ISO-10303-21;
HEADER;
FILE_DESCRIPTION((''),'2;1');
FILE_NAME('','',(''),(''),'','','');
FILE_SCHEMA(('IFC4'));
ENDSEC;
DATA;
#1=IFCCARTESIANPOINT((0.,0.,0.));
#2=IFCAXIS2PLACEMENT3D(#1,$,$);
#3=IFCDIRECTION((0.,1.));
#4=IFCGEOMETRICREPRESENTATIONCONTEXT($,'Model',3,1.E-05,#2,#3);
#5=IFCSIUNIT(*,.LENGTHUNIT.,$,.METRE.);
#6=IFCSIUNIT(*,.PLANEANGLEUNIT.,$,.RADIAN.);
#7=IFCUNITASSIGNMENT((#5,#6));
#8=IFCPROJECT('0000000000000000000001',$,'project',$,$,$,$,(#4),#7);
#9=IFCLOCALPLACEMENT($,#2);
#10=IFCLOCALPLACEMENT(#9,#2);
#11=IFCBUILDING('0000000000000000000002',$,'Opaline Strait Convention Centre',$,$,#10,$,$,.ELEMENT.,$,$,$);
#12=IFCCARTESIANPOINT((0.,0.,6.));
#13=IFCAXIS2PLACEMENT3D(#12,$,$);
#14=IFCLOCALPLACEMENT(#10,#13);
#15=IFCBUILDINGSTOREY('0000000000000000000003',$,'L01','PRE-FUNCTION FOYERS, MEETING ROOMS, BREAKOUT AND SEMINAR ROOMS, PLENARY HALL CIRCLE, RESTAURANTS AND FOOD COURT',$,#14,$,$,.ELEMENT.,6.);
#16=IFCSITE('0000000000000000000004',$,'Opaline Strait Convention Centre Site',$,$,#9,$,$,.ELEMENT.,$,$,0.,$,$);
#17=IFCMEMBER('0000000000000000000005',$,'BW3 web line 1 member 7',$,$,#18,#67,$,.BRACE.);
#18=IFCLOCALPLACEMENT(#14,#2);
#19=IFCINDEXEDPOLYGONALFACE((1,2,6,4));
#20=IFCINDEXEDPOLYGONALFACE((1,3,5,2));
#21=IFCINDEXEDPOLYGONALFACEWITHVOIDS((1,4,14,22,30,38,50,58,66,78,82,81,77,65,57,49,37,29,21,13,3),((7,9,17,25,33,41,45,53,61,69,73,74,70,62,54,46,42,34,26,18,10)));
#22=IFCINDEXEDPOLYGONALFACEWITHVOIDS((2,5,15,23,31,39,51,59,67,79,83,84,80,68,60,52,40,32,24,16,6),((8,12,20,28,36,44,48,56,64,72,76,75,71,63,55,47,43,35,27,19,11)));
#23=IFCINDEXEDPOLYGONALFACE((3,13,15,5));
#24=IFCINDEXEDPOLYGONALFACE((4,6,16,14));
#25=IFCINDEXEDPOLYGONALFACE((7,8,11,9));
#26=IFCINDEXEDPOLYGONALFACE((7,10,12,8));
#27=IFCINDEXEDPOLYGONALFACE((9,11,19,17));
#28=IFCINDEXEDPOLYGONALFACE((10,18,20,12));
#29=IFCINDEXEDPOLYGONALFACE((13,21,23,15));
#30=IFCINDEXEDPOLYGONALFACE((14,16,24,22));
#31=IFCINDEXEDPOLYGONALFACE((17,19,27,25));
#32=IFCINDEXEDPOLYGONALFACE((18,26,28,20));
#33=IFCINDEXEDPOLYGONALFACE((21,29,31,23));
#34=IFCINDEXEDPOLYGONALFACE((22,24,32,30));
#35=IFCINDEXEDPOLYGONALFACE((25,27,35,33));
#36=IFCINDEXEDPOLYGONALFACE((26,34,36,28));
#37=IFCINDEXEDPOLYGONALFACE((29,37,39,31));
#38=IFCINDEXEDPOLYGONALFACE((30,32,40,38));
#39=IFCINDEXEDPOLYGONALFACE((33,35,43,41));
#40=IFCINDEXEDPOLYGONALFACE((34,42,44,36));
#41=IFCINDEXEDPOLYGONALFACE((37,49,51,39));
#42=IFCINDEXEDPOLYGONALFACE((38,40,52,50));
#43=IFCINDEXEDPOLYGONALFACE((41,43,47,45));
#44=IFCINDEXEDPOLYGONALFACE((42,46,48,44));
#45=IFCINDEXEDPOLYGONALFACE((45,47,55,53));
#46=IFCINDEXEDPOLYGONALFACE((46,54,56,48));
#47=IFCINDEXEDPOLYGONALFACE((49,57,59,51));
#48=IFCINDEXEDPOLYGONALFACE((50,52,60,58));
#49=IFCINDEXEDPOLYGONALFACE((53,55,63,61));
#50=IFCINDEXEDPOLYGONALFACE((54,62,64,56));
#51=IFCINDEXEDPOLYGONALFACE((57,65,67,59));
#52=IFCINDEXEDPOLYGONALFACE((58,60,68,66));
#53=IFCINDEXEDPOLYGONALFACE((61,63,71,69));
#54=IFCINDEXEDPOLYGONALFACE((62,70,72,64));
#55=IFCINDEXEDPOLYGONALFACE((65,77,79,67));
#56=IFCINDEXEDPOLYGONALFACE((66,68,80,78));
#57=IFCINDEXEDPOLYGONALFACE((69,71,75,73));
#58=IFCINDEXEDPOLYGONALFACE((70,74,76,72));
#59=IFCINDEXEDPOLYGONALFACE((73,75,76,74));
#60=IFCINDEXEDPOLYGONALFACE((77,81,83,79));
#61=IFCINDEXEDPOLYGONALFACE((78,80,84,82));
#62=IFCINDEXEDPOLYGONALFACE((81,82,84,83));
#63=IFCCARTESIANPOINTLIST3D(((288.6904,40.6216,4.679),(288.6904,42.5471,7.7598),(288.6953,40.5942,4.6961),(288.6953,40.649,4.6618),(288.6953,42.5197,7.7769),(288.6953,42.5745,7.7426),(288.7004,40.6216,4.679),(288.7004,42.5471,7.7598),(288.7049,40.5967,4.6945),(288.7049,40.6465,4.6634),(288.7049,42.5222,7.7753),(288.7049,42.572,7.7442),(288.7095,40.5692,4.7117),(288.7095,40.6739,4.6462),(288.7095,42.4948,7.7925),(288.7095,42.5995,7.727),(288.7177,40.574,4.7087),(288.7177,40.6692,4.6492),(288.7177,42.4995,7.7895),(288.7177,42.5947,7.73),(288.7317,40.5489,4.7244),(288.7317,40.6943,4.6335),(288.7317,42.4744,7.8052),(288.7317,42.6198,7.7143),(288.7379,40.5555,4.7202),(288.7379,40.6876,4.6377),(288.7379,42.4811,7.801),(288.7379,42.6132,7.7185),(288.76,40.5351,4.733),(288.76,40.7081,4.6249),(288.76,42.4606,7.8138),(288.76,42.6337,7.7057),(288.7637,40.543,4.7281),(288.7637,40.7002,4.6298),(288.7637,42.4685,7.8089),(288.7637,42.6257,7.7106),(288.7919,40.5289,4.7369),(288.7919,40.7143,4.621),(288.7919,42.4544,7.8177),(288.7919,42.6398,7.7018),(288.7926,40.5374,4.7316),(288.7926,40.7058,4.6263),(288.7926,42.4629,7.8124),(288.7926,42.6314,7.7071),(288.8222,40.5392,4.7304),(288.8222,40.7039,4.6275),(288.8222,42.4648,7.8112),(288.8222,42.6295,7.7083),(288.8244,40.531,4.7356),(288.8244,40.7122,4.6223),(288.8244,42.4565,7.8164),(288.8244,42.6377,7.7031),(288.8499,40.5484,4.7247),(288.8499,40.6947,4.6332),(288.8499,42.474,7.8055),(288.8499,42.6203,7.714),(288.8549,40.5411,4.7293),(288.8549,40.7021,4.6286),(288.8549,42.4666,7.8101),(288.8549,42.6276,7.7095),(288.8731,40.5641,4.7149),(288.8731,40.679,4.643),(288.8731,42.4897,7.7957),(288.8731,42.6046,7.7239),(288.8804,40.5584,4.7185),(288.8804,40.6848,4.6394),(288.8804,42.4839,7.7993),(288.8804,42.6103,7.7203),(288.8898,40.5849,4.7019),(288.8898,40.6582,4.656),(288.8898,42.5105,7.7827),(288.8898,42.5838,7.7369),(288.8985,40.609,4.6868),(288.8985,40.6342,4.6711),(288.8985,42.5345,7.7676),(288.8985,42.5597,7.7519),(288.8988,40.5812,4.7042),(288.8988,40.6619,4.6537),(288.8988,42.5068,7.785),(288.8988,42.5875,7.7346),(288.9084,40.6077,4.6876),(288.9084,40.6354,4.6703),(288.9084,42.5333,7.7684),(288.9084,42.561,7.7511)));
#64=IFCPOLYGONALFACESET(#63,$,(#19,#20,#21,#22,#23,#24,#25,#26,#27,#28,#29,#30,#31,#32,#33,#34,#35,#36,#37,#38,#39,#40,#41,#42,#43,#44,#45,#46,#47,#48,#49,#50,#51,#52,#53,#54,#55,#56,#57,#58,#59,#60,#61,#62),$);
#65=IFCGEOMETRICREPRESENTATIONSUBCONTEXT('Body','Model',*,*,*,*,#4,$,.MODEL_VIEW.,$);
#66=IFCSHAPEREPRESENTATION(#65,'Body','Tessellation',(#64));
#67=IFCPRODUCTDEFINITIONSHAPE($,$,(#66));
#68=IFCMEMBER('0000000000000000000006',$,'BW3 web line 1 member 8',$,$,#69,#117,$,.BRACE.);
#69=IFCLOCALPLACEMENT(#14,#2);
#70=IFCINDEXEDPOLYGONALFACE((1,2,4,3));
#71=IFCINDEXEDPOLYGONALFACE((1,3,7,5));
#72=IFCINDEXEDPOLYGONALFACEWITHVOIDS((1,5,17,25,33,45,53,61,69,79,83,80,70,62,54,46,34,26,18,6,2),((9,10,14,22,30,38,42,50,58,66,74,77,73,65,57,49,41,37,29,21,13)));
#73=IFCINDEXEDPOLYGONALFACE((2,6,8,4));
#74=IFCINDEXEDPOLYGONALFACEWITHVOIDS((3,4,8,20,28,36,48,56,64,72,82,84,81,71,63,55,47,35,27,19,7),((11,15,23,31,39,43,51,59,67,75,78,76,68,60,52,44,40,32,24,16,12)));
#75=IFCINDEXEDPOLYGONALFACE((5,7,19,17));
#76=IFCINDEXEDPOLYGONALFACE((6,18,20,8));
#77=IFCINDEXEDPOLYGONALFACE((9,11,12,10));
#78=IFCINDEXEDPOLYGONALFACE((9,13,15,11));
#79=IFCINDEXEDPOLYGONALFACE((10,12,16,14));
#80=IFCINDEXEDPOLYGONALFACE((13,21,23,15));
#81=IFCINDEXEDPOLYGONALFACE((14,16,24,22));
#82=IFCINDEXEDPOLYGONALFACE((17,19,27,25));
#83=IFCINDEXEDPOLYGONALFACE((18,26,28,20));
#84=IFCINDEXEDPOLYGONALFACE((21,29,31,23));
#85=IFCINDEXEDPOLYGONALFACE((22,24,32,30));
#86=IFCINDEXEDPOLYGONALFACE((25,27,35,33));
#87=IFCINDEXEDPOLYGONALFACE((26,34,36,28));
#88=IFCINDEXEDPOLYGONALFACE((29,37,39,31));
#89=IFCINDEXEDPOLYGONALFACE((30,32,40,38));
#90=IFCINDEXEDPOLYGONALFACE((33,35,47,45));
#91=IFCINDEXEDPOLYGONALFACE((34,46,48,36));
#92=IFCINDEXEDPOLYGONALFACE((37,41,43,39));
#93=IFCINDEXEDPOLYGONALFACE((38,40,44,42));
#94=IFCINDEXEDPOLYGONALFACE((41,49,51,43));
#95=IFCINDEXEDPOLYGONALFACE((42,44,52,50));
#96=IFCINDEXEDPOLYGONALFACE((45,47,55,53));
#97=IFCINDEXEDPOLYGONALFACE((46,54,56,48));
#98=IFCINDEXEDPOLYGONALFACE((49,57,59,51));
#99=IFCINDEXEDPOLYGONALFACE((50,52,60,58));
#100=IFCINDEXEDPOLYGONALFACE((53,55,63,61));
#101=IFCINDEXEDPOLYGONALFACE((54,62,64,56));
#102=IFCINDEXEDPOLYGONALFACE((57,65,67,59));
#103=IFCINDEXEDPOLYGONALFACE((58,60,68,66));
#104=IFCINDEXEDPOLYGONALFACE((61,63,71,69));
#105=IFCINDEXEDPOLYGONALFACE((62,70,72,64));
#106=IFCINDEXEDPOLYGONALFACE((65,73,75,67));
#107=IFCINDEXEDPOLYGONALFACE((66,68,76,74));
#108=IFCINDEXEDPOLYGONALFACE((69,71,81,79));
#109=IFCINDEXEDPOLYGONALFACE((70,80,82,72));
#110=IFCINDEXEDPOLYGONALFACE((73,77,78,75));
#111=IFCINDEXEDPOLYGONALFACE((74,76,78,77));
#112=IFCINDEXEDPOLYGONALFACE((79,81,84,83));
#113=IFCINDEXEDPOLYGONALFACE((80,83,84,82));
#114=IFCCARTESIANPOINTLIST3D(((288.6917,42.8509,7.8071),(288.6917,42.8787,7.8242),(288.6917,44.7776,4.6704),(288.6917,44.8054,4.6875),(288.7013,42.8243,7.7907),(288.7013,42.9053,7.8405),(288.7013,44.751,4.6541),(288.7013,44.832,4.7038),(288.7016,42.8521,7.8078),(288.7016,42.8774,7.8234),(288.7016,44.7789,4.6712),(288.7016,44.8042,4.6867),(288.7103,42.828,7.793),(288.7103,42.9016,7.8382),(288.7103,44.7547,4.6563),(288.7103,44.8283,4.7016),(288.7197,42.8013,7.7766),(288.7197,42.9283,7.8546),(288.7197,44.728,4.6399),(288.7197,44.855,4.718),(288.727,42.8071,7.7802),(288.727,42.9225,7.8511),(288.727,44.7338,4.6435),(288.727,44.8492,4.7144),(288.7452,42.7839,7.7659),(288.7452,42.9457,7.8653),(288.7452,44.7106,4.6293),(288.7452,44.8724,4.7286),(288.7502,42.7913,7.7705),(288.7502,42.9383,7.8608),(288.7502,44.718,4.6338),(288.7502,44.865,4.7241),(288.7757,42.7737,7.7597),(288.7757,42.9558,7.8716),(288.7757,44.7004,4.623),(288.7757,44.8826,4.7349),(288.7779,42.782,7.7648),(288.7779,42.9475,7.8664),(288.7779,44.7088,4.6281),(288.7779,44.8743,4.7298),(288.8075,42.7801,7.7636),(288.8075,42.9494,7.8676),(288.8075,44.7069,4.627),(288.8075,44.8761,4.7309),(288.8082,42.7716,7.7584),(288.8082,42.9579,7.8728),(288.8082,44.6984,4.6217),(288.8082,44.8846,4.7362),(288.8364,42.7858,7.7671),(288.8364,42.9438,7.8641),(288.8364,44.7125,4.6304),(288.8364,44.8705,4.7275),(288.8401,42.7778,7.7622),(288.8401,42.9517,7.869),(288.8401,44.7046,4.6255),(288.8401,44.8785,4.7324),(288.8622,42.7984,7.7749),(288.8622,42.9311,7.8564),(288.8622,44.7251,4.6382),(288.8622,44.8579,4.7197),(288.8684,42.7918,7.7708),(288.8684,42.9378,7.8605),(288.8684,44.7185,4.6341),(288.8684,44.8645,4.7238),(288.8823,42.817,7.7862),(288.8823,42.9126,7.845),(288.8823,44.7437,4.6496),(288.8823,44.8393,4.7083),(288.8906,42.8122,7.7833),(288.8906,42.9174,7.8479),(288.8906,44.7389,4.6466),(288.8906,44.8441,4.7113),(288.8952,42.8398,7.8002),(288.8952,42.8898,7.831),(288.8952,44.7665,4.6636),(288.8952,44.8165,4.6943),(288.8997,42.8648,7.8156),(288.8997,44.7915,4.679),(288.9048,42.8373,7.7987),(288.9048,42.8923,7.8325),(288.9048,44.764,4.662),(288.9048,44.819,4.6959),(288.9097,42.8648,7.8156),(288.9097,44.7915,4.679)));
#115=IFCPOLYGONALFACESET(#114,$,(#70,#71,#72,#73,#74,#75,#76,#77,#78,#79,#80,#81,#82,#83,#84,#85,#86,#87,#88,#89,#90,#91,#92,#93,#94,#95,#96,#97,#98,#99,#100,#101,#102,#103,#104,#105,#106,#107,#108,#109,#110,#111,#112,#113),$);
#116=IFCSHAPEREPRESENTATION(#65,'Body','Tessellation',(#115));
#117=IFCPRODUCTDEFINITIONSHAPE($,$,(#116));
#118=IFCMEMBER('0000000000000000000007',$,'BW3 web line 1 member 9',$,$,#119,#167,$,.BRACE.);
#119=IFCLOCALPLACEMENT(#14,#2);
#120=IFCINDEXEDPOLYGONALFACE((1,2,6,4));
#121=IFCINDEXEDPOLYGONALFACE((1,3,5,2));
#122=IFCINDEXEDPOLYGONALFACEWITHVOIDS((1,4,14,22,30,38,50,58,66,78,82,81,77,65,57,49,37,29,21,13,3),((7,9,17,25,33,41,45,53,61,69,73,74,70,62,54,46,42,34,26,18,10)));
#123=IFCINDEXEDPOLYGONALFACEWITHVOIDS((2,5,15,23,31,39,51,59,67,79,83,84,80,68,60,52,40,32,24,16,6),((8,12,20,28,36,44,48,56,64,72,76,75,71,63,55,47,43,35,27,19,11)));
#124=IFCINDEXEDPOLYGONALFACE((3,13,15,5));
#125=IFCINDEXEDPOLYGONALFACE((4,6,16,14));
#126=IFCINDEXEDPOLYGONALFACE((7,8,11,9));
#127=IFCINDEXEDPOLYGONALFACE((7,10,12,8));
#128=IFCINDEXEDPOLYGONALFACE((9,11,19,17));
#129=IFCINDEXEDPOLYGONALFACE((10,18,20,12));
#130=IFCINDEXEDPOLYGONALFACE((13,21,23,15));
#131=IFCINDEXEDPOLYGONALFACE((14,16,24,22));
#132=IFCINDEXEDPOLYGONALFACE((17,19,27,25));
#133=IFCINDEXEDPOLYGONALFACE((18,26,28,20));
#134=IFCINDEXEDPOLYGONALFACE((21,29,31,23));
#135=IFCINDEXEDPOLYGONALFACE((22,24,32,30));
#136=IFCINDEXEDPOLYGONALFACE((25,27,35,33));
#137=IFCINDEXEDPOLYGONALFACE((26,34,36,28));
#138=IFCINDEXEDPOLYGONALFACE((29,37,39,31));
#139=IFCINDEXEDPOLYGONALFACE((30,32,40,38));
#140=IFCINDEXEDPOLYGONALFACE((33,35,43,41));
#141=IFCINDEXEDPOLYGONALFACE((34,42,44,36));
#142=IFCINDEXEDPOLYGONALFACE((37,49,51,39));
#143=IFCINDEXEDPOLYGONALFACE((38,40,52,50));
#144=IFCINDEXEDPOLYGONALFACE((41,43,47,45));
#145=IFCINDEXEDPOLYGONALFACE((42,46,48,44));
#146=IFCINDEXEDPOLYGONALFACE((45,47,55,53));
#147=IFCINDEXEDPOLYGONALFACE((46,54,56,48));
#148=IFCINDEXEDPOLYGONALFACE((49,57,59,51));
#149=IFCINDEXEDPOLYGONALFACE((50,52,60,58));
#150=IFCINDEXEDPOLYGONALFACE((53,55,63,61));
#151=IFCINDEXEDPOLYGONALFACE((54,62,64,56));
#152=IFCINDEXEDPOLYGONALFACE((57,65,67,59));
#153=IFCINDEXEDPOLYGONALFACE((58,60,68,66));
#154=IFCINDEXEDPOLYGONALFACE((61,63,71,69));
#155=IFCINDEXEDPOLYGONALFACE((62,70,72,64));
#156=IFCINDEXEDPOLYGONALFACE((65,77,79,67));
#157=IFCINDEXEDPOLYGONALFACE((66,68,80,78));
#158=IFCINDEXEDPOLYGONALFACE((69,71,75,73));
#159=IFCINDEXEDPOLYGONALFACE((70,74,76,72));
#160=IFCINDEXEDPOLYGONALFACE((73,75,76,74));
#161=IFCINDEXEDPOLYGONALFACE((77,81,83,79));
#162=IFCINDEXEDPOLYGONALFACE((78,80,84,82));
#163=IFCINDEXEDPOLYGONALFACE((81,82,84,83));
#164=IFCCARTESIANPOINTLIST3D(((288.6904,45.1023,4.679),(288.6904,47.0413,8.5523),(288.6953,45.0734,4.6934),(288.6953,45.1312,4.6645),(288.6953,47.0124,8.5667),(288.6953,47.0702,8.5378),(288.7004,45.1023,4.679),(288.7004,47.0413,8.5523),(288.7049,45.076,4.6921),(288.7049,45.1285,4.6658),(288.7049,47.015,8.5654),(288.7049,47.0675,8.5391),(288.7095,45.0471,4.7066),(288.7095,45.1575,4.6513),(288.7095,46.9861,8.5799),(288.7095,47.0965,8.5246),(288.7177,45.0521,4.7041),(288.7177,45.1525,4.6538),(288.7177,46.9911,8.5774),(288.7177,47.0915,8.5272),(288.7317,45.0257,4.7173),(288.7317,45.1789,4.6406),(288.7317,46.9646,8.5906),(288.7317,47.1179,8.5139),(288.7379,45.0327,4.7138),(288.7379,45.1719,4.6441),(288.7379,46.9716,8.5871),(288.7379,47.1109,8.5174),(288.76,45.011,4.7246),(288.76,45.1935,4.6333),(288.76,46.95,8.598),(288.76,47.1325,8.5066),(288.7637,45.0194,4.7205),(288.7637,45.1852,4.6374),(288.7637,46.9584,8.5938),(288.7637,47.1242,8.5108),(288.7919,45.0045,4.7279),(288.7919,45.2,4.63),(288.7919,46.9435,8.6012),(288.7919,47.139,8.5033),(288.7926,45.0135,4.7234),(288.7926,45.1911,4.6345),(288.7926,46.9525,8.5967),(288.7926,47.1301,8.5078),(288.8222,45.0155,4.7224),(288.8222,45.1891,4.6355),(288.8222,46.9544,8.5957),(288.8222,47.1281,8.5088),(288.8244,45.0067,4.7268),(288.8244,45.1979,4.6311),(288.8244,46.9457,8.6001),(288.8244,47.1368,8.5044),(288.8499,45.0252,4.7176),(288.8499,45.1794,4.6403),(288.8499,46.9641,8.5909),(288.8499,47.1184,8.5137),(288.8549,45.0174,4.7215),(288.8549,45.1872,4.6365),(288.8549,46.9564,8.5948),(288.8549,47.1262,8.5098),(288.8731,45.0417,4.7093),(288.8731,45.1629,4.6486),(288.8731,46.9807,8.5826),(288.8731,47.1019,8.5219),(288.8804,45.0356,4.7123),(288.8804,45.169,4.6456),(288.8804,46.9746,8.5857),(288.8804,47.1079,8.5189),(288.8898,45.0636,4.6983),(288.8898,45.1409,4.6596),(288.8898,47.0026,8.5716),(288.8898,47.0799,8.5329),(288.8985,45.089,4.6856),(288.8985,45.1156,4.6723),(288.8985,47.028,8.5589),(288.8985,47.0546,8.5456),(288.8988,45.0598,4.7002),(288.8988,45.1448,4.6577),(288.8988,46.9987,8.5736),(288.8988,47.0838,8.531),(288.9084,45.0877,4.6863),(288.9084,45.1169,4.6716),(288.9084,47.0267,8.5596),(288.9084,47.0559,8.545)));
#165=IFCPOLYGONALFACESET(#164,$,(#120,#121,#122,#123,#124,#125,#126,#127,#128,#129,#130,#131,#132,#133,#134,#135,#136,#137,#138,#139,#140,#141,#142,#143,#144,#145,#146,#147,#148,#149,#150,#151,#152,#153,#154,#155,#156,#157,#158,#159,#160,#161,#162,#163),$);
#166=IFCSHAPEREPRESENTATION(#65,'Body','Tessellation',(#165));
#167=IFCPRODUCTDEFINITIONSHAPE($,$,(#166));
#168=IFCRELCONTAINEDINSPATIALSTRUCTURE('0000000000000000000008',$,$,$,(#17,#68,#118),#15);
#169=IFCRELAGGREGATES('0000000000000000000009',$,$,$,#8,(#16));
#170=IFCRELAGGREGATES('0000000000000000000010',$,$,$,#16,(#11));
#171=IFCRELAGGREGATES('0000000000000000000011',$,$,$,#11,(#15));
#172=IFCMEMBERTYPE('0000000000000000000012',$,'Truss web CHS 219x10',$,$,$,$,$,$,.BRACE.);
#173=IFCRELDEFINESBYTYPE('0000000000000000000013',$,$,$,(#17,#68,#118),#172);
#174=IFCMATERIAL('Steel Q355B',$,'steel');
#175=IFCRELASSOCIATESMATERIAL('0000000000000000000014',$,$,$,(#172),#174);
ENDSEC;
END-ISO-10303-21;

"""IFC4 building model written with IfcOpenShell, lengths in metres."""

from ifc_helpers import new_model, si_unit, direction, frame, origin, origin_2d, place, context, subcontext, project, spatial, hollow_circle, extrude, material, material_profile, profile_set, type_object, element, save


model = new_model("IFC4")

# Units and contexts
model_context = context("Model", 3, precision=1e-05, world=origin(), true_north=direction((0.0, 1.0)))
body_context = subcontext(model_context, "Body", "Model", "MODEL_VIEW")
ifc_project = project(units=[si_unit("LENGTHUNIT", "METRE"), si_unit("PLANEANGLEUNIT", "RADIAN")], contexts=[model_context])

# Site, building, storey
site_placement = place(None, origin())
site = spatial("IfcSite", under=ifc_project, at=site_placement, Name="Opaline Strait Convention Centre Site", CompositionType="ELEMENT", RefElevation=0.0)
building_placement = place(site_placement, origin())
building = spatial("IfcBuilding", under=site, at=building_placement, Name="Opaline Strait Convention Centre", CompositionType="ELEMENT")
storey_placement = place(building_placement, frame((0.0, 0.0, 6.0)))
storey = spatial("IfcBuildingStorey", under=building, at=storey_placement, Name="L01", Description="PRE-FUNCTION FOYERS, MEETING ROOMS, BREAKOUT AND SEMINAR ROOMS, PLENARY HALL CIRCLE, RESTAURANTS AND FOOD COURT", CompositionType="ELEMENT", Elevation=6.0)

# Members
ifc_material_1 = material(Name="Steel Q355B", Category="steel")
ifc_material_profile_1 = material_profile(ifc_material_1, hollow_circle(Radius=0.1096, WallThickness=0.01, at=origin_2d()), Name="CHS 219x10")
ifc_profile_set_1 = profile_set([ifc_material_profile_1], Name="Steel Q355B")
member_type_1 = type_object("IfcMemberType", Name="Truss web CHS 219x10", PredefinedType="BRACE", material=ifc_profile_set_1)
member_1_placement = place(storey_placement, frame((288.8, 40.6216, 4.679), z_axis=(0.0, 0.530005, 0.847995), x_axis=(-1.0, 0.0, 0.0)))
element("IfcMember", 1, at=member_1_placement, inside=storey, type_object=member_type_1, Name="BW3 web line 1 member 7", PredefinedType="BRACE", context=body_context, shape_type="SweptSolid", body=[
    extrude(hollow_circle(Radius=0.1096, WallThickness=0.01, at=origin_2d()), origin(), (0.0, 0.0, 1.0), 3.6331),
])
member_2_placement = place(storey_placement, frame((288.8, 44.7915, 4.679), z_axis=(0.0, -0.523402, 0.852086), x_axis=(1.0, 0.0, 0.0)))
element("IfcMember", 2, at=member_2_placement, inside=storey, type_object=member_type_1, Name="BW3 web line 1 member 8", PredefinedType="BRACE", context=body_context, shape_type="SweptSolid", body=[
    extrude(hollow_circle(Radius=0.1096, WallThickness=0.01, at=origin_2d()), origin(), (0.0, 0.0, 1.0), 3.6812),
])
member_3_placement = place(storey_placement, frame((288.8, 45.1023, 4.679), z_axis=(0.0, 0.447642, 0.894213), x_axis=(-1.0, 0.0, 0.0)))
element("IfcMember", 3, at=member_3_placement, inside=storey, type_object=member_type_1, Name="BW3 web line 1 member 9", PredefinedType="BRACE", context=body_context, shape_type="SweptSolid", body=[
    extrude(hollow_circle(Radius=0.1096, WallThickness=0.01, at=origin_2d()), origin(), (0.0, 0.0, 1.0), 4.3315),
])

save(model, "model.ifc")
